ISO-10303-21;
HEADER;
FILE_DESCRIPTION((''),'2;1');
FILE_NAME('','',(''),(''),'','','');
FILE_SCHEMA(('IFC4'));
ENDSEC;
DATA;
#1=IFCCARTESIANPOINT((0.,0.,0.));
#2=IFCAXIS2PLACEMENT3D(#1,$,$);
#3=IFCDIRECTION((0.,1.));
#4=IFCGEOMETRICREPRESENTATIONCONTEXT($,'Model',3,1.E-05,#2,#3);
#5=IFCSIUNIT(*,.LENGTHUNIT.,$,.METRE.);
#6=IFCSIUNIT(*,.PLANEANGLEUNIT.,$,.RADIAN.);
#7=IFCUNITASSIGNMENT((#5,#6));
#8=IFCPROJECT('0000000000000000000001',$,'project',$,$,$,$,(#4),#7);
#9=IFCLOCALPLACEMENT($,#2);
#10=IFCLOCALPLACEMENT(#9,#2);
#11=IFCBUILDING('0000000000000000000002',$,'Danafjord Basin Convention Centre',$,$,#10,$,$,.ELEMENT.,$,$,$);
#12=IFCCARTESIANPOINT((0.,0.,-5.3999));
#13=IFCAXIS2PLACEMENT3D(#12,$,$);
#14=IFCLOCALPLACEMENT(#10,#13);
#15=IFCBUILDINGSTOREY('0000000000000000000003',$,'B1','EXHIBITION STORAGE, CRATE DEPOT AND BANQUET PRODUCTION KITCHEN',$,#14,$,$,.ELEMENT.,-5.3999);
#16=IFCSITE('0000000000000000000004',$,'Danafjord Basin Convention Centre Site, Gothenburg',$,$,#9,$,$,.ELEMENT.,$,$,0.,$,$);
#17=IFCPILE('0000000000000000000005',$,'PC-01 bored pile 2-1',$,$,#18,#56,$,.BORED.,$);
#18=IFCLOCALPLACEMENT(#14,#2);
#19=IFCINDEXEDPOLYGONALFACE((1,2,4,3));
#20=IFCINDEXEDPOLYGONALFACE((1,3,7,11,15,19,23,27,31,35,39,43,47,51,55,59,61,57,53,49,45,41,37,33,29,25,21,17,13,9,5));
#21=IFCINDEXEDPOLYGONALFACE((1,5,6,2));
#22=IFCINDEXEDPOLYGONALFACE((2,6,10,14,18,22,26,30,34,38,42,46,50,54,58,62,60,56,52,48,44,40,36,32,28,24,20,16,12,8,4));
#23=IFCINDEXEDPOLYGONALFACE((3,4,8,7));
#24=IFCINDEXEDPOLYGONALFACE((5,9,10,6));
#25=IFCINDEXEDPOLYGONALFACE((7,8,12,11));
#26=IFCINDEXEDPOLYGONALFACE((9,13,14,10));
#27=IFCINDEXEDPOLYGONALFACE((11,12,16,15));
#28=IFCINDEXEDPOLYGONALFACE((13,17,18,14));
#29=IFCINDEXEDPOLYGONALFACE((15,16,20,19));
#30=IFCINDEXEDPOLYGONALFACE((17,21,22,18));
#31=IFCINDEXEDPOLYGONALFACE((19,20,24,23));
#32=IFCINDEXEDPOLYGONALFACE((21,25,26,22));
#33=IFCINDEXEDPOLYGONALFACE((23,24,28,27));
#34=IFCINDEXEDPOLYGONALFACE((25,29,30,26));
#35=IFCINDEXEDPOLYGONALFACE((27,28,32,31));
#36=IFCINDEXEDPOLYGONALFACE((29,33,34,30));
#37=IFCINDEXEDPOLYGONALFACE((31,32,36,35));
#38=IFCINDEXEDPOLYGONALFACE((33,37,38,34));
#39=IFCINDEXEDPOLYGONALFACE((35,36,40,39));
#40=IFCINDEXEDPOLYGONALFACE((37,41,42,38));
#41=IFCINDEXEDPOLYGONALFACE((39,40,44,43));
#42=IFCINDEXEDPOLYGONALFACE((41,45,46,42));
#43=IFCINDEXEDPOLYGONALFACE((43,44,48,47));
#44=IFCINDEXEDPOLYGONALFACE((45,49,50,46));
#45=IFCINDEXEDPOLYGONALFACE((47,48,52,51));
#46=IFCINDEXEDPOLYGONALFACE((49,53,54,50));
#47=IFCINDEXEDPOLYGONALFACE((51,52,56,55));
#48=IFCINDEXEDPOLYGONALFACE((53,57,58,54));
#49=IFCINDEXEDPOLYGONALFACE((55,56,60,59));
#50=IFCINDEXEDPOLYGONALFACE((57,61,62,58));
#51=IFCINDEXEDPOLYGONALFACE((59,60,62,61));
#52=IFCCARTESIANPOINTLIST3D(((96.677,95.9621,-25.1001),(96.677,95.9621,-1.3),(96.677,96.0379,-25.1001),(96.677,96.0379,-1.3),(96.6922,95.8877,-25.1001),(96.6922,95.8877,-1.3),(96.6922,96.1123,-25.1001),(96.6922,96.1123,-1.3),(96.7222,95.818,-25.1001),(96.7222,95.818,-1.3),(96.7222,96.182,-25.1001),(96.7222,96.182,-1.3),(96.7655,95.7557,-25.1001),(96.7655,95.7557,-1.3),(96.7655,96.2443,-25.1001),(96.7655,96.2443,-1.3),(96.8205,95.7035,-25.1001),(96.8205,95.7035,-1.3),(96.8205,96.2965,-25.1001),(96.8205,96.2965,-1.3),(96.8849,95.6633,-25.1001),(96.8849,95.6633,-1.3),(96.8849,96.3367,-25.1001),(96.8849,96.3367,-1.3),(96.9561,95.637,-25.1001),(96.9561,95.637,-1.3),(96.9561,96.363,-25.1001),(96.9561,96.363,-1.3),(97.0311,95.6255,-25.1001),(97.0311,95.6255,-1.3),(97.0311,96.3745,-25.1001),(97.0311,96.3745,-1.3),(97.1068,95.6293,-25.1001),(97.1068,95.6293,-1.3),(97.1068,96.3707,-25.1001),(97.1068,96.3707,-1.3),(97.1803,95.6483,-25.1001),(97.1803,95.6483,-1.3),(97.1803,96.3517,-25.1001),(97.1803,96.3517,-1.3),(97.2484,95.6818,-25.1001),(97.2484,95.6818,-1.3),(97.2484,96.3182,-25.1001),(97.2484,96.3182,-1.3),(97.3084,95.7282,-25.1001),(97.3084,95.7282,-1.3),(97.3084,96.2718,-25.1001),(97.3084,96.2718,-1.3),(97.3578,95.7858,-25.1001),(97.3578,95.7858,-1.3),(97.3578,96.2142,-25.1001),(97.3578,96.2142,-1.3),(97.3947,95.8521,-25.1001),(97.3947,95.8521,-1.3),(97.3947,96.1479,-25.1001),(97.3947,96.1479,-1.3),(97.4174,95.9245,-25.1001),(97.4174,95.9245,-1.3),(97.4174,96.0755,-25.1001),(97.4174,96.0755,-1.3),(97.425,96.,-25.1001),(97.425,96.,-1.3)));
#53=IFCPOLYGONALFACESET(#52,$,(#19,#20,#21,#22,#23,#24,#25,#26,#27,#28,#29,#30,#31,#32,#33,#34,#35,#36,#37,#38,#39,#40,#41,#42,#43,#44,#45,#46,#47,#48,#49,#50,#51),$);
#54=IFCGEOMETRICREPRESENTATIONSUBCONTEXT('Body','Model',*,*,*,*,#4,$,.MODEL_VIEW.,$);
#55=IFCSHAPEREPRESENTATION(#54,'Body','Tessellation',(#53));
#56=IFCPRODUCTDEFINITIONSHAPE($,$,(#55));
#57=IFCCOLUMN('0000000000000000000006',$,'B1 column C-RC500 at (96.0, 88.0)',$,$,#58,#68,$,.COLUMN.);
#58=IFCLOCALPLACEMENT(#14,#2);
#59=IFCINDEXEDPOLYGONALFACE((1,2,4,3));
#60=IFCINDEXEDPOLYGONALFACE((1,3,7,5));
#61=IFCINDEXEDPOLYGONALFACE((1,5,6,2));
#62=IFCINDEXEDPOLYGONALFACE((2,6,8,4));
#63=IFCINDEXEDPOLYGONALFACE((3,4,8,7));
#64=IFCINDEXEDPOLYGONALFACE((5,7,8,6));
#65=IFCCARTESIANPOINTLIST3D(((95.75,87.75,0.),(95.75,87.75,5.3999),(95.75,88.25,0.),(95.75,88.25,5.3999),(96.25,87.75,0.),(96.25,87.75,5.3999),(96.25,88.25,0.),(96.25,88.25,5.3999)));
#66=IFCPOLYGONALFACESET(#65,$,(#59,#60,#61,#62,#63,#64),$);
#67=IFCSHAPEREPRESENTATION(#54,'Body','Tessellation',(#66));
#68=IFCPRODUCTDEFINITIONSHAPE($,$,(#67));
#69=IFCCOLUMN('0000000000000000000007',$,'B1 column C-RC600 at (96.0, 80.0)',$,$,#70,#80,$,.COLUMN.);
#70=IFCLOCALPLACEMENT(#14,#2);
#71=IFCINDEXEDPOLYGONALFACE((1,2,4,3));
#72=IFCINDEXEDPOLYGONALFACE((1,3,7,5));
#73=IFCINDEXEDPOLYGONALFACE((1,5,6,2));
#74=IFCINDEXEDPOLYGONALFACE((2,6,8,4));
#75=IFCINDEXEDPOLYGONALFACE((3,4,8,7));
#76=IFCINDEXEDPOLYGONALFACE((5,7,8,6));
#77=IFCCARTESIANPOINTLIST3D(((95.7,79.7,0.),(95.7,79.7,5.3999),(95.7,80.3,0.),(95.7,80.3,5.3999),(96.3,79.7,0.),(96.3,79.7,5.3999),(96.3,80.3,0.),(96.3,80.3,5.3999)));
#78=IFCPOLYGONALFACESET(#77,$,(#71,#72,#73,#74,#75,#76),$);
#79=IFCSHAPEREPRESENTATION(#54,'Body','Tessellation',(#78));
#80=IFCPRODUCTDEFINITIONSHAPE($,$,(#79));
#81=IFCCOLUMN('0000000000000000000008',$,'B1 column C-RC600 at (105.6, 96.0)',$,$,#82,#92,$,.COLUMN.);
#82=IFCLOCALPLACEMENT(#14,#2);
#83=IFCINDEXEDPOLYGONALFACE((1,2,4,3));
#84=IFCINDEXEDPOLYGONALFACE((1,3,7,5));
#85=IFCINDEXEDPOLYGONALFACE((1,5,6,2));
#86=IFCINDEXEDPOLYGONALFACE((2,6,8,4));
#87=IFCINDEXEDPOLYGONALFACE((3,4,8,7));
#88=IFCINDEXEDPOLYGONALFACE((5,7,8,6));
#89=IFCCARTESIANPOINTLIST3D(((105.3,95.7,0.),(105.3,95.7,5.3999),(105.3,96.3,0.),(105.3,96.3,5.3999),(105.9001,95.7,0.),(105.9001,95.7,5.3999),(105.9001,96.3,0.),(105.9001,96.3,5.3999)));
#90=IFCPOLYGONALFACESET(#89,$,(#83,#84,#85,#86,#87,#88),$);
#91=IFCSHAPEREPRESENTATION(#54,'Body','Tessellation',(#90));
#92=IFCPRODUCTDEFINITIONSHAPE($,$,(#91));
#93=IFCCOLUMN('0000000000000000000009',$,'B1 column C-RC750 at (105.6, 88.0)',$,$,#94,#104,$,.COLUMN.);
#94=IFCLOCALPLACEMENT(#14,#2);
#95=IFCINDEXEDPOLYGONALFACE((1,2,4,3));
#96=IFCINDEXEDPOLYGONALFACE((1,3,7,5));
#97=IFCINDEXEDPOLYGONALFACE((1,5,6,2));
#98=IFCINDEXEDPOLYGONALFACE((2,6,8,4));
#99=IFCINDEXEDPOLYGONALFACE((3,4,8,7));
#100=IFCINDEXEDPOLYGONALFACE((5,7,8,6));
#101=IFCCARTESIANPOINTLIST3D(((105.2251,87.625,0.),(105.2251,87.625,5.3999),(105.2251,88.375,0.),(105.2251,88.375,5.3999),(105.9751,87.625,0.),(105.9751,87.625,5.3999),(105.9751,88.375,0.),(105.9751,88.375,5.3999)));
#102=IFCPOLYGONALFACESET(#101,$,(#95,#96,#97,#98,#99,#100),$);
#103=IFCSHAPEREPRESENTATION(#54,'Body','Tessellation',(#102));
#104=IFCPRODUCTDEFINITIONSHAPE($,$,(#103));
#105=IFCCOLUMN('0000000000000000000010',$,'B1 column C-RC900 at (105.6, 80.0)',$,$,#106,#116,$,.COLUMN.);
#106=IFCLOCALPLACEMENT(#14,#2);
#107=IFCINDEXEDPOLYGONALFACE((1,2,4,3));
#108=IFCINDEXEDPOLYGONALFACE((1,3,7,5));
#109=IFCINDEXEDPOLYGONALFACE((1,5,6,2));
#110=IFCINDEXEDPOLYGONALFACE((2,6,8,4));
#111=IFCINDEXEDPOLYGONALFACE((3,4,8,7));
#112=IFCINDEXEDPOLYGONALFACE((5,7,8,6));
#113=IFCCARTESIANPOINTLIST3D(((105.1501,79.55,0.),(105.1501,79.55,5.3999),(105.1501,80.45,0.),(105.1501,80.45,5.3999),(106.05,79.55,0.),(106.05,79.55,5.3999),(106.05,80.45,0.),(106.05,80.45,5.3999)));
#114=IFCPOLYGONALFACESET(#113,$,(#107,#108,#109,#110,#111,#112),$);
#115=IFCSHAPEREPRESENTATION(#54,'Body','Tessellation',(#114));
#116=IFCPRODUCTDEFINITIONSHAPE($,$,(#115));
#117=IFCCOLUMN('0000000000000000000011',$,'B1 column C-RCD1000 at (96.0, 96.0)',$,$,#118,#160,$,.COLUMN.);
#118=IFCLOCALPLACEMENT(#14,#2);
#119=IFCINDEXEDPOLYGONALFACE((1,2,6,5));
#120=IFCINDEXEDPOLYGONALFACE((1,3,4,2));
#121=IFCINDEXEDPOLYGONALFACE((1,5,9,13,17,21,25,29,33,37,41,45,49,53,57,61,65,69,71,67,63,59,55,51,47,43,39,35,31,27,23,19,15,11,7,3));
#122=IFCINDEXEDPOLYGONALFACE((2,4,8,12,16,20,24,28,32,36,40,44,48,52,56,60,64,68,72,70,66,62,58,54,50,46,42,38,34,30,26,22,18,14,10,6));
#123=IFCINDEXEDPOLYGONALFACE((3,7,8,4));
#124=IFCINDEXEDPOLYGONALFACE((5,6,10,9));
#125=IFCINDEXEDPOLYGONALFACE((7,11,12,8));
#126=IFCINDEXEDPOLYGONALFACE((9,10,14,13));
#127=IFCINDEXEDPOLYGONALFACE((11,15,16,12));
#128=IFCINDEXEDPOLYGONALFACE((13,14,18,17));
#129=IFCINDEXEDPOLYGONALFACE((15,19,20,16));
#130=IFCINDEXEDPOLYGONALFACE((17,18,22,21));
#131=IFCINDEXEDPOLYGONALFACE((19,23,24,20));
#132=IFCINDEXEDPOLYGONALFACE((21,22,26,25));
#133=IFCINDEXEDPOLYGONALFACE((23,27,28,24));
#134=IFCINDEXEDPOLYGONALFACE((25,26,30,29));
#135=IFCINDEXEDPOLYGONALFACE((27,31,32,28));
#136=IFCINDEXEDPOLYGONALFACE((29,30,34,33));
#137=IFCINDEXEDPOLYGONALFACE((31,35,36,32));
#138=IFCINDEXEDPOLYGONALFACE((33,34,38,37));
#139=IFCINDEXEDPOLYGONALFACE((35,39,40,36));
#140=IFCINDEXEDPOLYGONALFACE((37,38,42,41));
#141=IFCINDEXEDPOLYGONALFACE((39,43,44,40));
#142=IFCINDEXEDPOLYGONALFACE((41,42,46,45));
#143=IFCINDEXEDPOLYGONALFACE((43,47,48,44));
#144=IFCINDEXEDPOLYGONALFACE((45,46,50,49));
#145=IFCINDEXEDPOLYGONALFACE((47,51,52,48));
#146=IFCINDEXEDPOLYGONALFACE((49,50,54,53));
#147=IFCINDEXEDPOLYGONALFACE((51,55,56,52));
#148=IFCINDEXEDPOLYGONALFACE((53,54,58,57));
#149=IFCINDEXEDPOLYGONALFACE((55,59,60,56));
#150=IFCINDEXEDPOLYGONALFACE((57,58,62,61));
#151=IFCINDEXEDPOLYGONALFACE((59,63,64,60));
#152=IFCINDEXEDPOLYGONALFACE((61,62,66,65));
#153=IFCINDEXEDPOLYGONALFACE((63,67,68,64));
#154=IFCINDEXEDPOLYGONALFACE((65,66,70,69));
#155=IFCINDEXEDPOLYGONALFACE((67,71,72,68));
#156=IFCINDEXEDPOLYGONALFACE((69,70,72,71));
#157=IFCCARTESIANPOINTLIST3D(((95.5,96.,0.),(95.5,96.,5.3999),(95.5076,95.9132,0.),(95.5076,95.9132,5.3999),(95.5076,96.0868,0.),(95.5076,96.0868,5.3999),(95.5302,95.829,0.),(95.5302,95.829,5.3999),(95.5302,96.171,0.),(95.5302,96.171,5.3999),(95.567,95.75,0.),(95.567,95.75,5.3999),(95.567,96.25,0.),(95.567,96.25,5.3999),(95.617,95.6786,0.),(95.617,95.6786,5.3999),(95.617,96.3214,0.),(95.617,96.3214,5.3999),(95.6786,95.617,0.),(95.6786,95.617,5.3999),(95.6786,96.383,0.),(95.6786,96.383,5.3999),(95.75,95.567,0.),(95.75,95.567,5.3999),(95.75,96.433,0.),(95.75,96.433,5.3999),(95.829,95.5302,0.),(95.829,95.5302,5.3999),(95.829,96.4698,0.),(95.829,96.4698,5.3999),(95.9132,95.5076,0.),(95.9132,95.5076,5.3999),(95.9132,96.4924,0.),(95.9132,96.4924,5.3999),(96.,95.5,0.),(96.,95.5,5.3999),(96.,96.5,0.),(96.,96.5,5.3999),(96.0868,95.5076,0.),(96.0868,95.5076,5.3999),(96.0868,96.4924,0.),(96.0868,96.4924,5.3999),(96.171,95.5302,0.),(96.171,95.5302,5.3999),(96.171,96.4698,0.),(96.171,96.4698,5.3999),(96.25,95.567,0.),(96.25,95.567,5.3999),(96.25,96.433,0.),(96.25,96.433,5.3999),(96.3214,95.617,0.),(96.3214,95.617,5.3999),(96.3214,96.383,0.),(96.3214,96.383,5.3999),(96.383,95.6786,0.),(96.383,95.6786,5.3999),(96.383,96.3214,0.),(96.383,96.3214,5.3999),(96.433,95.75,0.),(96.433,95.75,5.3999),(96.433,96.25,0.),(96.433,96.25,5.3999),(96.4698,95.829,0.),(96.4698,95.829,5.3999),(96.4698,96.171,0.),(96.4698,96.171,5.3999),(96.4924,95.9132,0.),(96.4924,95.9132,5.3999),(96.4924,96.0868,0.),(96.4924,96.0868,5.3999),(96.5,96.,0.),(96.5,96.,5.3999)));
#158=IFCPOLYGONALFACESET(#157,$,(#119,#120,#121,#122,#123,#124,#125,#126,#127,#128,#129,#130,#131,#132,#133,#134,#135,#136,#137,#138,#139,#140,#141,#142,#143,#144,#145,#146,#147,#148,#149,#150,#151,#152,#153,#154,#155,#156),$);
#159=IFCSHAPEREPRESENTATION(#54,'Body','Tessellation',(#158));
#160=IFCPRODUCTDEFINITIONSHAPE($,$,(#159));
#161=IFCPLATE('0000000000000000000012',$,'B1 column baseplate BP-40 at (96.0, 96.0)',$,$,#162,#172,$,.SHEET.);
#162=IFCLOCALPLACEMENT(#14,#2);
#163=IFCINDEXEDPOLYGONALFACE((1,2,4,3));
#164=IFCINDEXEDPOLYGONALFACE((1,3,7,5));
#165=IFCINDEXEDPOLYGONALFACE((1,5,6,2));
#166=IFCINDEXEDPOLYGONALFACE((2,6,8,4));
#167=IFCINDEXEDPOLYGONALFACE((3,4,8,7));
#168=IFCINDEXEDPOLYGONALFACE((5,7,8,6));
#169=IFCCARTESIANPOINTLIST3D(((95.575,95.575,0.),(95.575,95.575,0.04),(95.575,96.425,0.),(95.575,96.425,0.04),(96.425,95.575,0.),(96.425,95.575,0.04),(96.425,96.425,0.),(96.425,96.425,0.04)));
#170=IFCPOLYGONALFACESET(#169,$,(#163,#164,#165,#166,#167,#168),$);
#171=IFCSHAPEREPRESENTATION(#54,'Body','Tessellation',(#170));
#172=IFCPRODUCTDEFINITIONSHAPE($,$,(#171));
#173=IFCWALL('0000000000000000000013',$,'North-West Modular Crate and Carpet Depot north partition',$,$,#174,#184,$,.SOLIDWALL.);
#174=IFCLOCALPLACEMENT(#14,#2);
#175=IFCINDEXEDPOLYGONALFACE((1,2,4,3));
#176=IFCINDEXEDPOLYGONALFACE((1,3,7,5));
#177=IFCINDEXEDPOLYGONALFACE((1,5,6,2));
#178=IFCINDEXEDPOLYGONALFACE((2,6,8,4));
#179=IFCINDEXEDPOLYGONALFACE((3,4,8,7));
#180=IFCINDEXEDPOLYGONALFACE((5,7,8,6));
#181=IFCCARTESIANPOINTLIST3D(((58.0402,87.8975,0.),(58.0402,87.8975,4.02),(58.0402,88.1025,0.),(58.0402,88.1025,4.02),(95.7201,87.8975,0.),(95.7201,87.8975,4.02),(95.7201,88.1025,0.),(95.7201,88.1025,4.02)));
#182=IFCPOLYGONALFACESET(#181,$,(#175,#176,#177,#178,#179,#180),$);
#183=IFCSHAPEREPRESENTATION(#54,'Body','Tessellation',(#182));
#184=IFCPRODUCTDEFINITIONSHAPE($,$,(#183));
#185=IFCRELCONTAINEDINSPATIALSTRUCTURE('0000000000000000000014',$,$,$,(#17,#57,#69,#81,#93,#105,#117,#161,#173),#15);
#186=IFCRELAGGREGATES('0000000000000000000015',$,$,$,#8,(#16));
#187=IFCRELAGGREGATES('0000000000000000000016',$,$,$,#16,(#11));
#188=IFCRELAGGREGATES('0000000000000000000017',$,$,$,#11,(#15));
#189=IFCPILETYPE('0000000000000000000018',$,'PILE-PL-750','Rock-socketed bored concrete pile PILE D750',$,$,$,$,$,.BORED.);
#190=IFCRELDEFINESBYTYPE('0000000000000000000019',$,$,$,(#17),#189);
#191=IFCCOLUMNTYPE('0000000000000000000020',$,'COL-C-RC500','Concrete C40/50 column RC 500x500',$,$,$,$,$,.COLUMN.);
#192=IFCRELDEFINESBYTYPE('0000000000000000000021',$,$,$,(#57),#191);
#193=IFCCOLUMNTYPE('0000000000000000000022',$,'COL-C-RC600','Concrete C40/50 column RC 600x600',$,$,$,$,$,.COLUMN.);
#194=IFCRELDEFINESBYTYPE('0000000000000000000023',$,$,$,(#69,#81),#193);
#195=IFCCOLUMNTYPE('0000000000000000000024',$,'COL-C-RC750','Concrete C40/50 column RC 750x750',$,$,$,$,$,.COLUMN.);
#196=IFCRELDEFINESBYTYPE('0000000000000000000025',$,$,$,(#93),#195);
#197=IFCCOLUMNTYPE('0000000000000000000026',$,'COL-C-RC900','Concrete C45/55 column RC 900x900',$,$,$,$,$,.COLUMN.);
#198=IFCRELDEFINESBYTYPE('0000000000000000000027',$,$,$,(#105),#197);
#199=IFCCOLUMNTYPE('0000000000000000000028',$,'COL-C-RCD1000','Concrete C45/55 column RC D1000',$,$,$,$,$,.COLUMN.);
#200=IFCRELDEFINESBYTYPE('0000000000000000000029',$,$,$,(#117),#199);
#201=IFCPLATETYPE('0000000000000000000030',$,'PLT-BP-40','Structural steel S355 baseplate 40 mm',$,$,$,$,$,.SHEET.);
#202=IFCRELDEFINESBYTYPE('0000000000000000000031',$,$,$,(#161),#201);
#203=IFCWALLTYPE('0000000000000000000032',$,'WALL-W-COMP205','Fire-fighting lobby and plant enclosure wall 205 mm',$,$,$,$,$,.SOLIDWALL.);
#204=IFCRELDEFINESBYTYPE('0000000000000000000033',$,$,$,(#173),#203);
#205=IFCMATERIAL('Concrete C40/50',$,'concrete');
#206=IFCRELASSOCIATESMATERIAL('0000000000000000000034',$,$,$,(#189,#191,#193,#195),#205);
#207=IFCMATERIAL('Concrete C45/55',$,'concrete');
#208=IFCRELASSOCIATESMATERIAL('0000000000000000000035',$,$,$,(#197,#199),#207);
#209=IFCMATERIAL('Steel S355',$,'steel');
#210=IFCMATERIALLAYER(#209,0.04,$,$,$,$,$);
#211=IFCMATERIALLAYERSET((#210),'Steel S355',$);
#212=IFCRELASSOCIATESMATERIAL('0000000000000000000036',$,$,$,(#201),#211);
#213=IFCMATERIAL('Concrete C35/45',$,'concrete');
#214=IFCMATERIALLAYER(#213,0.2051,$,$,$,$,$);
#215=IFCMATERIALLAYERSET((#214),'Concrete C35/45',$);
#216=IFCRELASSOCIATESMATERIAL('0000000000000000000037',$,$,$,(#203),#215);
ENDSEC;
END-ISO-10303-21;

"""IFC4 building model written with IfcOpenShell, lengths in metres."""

from ifc_helpers import new_model, si_unit, direction, frame, frame_2d, origin, origin_2d, place, context, subcontext, project, spatial, rectangle, circle, extrude, material, layer, layer_set, material_profile, profile_set, type_object, element, save


model = new_model("IFC4")

# Units and contexts
model_context = context("Model", 3, precision=1e-05, world=origin(), true_north=direction((0.0, 1.0)))
body_context = subcontext(model_context, "Body", "Model", "MODEL_VIEW")
ifc_project = project(units=[si_unit("LENGTHUNIT", "METRE"), si_unit("PLANEANGLEUNIT", "RADIAN")], contexts=[model_context])

# Site, building, storey
site_placement = place(None, origin())
site = spatial("IfcSite", under=ifc_project, at=site_placement, Name="Danafjord Basin Convention Centre Site, Gothenburg", CompositionType="ELEMENT", RefElevation=0.0)
building_placement = place(site_placement, origin())
building = spatial("IfcBuilding", under=site, at=building_placement, Name="Danafjord Basin Convention Centre", CompositionType="ELEMENT")
storey_placement = place(building_placement, frame((0.0, 0.0, -5.3999)))
storey = spatial("IfcBuildingStorey", under=building, at=storey_placement, Name="B1", Description="EXHIBITION STORAGE, CRATE DEPOT AND BANQUET PRODUCTION KITCHEN", CompositionType="ELEMENT", Elevation=-5.3999)

# Shared definitions
ifc_material_1 = material(Name="Concrete C40/50", Category="concrete")
ifc_material_2 = material(Name="Concrete C35/45", Category="concrete")

# Pile
ifc_material_profile_1 = material_profile(ifc_material_1, circle(Radius=0.375, at=origin_2d()), Name="PILE D750")
ifc_profile_set_1 = profile_set([ifc_material_profile_1], Name="Concrete C40/50")
pile_type_1 = type_object("IfcPileType", Name="PILE-PL-750", Description="Rock-socketed bored concrete pile PILE D750", PredefinedType="BORED", material=ifc_profile_set_1)
for number, where, z_axis, x_axis, name in (
    (1, (97.05, 96.0, -1.3), (0.0, 0.0, -1.0), (1.0, 0.0, 0.0), "PC-01 bored pile 2-1"),
):
    element("IfcPile", number, at=place(storey_placement, frame(where, z_axis=z_axis, x_axis=x_axis)), inside=storey, type_object=pile_type_1, Name=name, PredefinedType="BORED", context=body_context, shape_type="SweptSolid", body=[
        extrude(circle(Radius=0.375, at=origin_2d()), origin(), (0.0, 0.0, 1.0), 23.8),
    ])

# Columns
ifc_material_profile_2 = material_profile(ifc_material_1, rectangle(XDim=0.5, YDim=0.5, at=origin_2d()), Name="RC 500x500")
ifc_profile_set_2 = profile_set([ifc_material_profile_2], Name="Concrete C40/50")
column_type_1 = type_object("IfcColumnType", Name="COL-C-RC500", Description="Concrete C40/50 column RC 500x500", PredefinedType="COLUMN", material=ifc_profile_set_2)
column_1_placement = place(storey_placement, frame((96.0, 88.0, 0.0), z_axis=(0.0, 0.0, 1.0), x_axis=(1.0, 0.0, 0.0)))
element("IfcColumn", 2, at=column_1_placement, inside=storey, type_object=column_type_1, Name="B1 column C-RC500 at (96.0, 88.0)", PredefinedType="COLUMN", context=body_context, shape_type="SweptSolid", body=[
    extrude(rectangle(XDim=0.5, YDim=0.5, at=origin_2d()), origin(), (0.0, 0.0, 1.0), 5.3999),
])
ifc_material_profile_3 = material_profile(ifc_material_1, rectangle(XDim=0.6001, YDim=0.6001, at=origin_2d()), Name="RC 600x600")
ifc_profile_set_3 = profile_set([ifc_material_profile_3], Name="Concrete C40/50")
column_type_2 = type_object("IfcColumnType", Name="COL-C-RC600", Description="Concrete C40/50 column RC 600x600", PredefinedType="COLUMN", material=ifc_profile_set_3)
for number, where, z_axis, x_axis, name in (
    (3, (96.0, 80.0, 0.0), (0.0, 0.0, 1.0), (1.0, 0.0, 0.0), "B1 column C-RC600 at (96.0, 80.0)"),
    (4, (105.6001, 96.0, 0.0), (0.0, 0.0, 1.0), (1.0, 0.0, 0.0), "B1 column C-RC600 at (105.6, 96.0)"),
):
    element("IfcColumn", number, at=place(storey_placement, frame(where, z_axis=z_axis, x_axis=x_axis)), inside=storey, type_object=column_type_2, Name=name, PredefinedType="COLUMN", context=body_context, shape_type="SweptSolid", body=[
        extrude(rectangle(XDim=0.6001, YDim=0.6001, at=origin_2d()), origin(), (0.0, 0.0, 1.0), 5.3999),
    ])
ifc_material_profile_4 = material_profile(ifc_material_1, rectangle(XDim=0.75, YDim=0.75, at=origin_2d()), Name="RC 750x750")
ifc_profile_set_4 = profile_set([ifc_material_profile_4], Name="Concrete C40/50")
column_type_3 = type_object("IfcColumnType", Name="COL-C-RC750", Description="Concrete C40/50 column RC 750x750", PredefinedType="COLUMN", material=ifc_profile_set_4)
column_2_placement = place(storey_placement, frame((105.6001, 88.0, 0.0), z_axis=(0.0, 0.0, 1.0), x_axis=(1.0, 0.0, 0.0)))
element("IfcColumn", 5, at=column_2_placement, inside=storey, type_object=column_type_3, Name="B1 column C-RC750 at (105.6, 88.0)", PredefinedType="COLUMN", context=body_context, shape_type="SweptSolid", body=[
    extrude(rectangle(XDim=0.75, YDim=0.75, at=origin_2d()), origin(), (0.0, 0.0, 1.0), 5.3999),
])
ifc_material_3 = material(Name="Concrete C45/55", Category="concrete")
ifc_material_profile_5 = material_profile(ifc_material_3, rectangle(XDim=0.8999, YDim=0.8999, at=origin_2d()), Name="RC 900x900")
ifc_profile_set_5 = profile_set([ifc_material_profile_5], Name="Concrete C45/55")
column_type_4 = type_object("IfcColumnType", Name="COL-C-RC900", Description="Concrete C45/55 column RC 900x900", PredefinedType="COLUMN", material=ifc_profile_set_5)
column_3_placement = place(storey_placement, frame((105.6001, 80.0, 0.0), z_axis=(0.0, 0.0, 1.0), x_axis=(1.0, 0.0, 0.0)))
element("IfcColumn", 6, at=column_3_placement, inside=storey, type_object=column_type_4, Name="B1 column C-RC900 at (105.6, 80.0)", PredefinedType="COLUMN", context=body_context, shape_type="SweptSolid", body=[
    extrude(rectangle(XDim=0.8999, YDim=0.8999, at=origin_2d()), origin(), (0.0, 0.0, 1.0), 5.3999),
])
ifc_material_profile_6 = material_profile(ifc_material_3, circle(Radius=0.5, at=origin_2d()), Name="RC D1000")
ifc_profile_set_6 = profile_set([ifc_material_profile_6], Name="Concrete C45/55")
column_type_5 = type_object("IfcColumnType", Name="COL-C-RCD1000", Description="Concrete C45/55 column RC D1000", PredefinedType="COLUMN", material=ifc_profile_set_6)
column_4_placement = place(storey_placement, frame((96.0, 96.0, 0.0), z_axis=(0.0, 0.0, 1.0), x_axis=(1.0, 0.0, 0.0)))
element("IfcColumn", 7, at=column_4_placement, inside=storey, type_object=column_type_5, Name="B1 column C-RCD1000 at (96.0, 96.0)", PredefinedType="COLUMN", context=body_context, shape_type="SweptSolid", body=[
    extrude(circle(Radius=0.5, at=origin_2d()), origin(), (0.0, 0.0, 1.0), 5.3999),
])

# Plate
ifc_material_4 = material(Name="Steel S355", Category="steel")
ifc_layer_1 = layer(ifc_material_4, 0.04)
ifc_layer_set_1 = layer_set([ifc_layer_1], Name="Steel S355")
plate_type = type_object("IfcPlateType", Name="PLT-BP-40", Description="Structural steel S355 baseplate 40 mm", PredefinedType="SHEET", material=ifc_layer_set_1)
plate_placement = place(storey_placement, frame((96.0, 96.0, 0.0), z_axis=(0.0, 0.0, 1.0), x_axis=(1.0, 0.0, 0.0)))
element("IfcPlate", 8, at=plate_placement, inside=storey, type_object=plate_type, Name="B1 column baseplate BP-40 at (96.0, 96.0)", PredefinedType="SHEET", context=body_context, shape_type="SweptSolid", body=[
    extrude(rectangle(XDim=0.8501, YDim=0.8501, at=origin_2d()), origin(), (0.0, 0.0, 1.0), 0.04),
])

# Wall
ifc_layer_2 = layer(ifc_material_2, 0.2051)
ifc_layer_set_2 = layer_set([ifc_layer_2], Name="Concrete C35/45")
wall_type = type_object("IfcWallType", Name="WALL-W-COMP205", Description="Fire-fighting lobby and plant enclosure wall 205 mm", PredefinedType="SOLIDWALL", material=ifc_layer_set_2)
wall_1_placement = place(storey_placement, frame((95.72, 88.0, 0.0), z_axis=(0.0, 0.0, 1.0), x_axis=(-1.0, 0.0, 0.0)))
element("IfcWall", 9, at=wall_1_placement, inside=storey, type_object=wall_type, Name="North-West Modular Crate and Carpet Depot north partition", PredefinedType="SOLIDWALL", context=body_context, shape_type="SweptSolid", body=[
    extrude(rectangle(XDim=37.6799, YDim=0.2051, at=frame_2d((18.8398, 0.0))), origin(), (0.0, 0.0, 1.0), 4.02),
])

save(model, "model.ifc")
